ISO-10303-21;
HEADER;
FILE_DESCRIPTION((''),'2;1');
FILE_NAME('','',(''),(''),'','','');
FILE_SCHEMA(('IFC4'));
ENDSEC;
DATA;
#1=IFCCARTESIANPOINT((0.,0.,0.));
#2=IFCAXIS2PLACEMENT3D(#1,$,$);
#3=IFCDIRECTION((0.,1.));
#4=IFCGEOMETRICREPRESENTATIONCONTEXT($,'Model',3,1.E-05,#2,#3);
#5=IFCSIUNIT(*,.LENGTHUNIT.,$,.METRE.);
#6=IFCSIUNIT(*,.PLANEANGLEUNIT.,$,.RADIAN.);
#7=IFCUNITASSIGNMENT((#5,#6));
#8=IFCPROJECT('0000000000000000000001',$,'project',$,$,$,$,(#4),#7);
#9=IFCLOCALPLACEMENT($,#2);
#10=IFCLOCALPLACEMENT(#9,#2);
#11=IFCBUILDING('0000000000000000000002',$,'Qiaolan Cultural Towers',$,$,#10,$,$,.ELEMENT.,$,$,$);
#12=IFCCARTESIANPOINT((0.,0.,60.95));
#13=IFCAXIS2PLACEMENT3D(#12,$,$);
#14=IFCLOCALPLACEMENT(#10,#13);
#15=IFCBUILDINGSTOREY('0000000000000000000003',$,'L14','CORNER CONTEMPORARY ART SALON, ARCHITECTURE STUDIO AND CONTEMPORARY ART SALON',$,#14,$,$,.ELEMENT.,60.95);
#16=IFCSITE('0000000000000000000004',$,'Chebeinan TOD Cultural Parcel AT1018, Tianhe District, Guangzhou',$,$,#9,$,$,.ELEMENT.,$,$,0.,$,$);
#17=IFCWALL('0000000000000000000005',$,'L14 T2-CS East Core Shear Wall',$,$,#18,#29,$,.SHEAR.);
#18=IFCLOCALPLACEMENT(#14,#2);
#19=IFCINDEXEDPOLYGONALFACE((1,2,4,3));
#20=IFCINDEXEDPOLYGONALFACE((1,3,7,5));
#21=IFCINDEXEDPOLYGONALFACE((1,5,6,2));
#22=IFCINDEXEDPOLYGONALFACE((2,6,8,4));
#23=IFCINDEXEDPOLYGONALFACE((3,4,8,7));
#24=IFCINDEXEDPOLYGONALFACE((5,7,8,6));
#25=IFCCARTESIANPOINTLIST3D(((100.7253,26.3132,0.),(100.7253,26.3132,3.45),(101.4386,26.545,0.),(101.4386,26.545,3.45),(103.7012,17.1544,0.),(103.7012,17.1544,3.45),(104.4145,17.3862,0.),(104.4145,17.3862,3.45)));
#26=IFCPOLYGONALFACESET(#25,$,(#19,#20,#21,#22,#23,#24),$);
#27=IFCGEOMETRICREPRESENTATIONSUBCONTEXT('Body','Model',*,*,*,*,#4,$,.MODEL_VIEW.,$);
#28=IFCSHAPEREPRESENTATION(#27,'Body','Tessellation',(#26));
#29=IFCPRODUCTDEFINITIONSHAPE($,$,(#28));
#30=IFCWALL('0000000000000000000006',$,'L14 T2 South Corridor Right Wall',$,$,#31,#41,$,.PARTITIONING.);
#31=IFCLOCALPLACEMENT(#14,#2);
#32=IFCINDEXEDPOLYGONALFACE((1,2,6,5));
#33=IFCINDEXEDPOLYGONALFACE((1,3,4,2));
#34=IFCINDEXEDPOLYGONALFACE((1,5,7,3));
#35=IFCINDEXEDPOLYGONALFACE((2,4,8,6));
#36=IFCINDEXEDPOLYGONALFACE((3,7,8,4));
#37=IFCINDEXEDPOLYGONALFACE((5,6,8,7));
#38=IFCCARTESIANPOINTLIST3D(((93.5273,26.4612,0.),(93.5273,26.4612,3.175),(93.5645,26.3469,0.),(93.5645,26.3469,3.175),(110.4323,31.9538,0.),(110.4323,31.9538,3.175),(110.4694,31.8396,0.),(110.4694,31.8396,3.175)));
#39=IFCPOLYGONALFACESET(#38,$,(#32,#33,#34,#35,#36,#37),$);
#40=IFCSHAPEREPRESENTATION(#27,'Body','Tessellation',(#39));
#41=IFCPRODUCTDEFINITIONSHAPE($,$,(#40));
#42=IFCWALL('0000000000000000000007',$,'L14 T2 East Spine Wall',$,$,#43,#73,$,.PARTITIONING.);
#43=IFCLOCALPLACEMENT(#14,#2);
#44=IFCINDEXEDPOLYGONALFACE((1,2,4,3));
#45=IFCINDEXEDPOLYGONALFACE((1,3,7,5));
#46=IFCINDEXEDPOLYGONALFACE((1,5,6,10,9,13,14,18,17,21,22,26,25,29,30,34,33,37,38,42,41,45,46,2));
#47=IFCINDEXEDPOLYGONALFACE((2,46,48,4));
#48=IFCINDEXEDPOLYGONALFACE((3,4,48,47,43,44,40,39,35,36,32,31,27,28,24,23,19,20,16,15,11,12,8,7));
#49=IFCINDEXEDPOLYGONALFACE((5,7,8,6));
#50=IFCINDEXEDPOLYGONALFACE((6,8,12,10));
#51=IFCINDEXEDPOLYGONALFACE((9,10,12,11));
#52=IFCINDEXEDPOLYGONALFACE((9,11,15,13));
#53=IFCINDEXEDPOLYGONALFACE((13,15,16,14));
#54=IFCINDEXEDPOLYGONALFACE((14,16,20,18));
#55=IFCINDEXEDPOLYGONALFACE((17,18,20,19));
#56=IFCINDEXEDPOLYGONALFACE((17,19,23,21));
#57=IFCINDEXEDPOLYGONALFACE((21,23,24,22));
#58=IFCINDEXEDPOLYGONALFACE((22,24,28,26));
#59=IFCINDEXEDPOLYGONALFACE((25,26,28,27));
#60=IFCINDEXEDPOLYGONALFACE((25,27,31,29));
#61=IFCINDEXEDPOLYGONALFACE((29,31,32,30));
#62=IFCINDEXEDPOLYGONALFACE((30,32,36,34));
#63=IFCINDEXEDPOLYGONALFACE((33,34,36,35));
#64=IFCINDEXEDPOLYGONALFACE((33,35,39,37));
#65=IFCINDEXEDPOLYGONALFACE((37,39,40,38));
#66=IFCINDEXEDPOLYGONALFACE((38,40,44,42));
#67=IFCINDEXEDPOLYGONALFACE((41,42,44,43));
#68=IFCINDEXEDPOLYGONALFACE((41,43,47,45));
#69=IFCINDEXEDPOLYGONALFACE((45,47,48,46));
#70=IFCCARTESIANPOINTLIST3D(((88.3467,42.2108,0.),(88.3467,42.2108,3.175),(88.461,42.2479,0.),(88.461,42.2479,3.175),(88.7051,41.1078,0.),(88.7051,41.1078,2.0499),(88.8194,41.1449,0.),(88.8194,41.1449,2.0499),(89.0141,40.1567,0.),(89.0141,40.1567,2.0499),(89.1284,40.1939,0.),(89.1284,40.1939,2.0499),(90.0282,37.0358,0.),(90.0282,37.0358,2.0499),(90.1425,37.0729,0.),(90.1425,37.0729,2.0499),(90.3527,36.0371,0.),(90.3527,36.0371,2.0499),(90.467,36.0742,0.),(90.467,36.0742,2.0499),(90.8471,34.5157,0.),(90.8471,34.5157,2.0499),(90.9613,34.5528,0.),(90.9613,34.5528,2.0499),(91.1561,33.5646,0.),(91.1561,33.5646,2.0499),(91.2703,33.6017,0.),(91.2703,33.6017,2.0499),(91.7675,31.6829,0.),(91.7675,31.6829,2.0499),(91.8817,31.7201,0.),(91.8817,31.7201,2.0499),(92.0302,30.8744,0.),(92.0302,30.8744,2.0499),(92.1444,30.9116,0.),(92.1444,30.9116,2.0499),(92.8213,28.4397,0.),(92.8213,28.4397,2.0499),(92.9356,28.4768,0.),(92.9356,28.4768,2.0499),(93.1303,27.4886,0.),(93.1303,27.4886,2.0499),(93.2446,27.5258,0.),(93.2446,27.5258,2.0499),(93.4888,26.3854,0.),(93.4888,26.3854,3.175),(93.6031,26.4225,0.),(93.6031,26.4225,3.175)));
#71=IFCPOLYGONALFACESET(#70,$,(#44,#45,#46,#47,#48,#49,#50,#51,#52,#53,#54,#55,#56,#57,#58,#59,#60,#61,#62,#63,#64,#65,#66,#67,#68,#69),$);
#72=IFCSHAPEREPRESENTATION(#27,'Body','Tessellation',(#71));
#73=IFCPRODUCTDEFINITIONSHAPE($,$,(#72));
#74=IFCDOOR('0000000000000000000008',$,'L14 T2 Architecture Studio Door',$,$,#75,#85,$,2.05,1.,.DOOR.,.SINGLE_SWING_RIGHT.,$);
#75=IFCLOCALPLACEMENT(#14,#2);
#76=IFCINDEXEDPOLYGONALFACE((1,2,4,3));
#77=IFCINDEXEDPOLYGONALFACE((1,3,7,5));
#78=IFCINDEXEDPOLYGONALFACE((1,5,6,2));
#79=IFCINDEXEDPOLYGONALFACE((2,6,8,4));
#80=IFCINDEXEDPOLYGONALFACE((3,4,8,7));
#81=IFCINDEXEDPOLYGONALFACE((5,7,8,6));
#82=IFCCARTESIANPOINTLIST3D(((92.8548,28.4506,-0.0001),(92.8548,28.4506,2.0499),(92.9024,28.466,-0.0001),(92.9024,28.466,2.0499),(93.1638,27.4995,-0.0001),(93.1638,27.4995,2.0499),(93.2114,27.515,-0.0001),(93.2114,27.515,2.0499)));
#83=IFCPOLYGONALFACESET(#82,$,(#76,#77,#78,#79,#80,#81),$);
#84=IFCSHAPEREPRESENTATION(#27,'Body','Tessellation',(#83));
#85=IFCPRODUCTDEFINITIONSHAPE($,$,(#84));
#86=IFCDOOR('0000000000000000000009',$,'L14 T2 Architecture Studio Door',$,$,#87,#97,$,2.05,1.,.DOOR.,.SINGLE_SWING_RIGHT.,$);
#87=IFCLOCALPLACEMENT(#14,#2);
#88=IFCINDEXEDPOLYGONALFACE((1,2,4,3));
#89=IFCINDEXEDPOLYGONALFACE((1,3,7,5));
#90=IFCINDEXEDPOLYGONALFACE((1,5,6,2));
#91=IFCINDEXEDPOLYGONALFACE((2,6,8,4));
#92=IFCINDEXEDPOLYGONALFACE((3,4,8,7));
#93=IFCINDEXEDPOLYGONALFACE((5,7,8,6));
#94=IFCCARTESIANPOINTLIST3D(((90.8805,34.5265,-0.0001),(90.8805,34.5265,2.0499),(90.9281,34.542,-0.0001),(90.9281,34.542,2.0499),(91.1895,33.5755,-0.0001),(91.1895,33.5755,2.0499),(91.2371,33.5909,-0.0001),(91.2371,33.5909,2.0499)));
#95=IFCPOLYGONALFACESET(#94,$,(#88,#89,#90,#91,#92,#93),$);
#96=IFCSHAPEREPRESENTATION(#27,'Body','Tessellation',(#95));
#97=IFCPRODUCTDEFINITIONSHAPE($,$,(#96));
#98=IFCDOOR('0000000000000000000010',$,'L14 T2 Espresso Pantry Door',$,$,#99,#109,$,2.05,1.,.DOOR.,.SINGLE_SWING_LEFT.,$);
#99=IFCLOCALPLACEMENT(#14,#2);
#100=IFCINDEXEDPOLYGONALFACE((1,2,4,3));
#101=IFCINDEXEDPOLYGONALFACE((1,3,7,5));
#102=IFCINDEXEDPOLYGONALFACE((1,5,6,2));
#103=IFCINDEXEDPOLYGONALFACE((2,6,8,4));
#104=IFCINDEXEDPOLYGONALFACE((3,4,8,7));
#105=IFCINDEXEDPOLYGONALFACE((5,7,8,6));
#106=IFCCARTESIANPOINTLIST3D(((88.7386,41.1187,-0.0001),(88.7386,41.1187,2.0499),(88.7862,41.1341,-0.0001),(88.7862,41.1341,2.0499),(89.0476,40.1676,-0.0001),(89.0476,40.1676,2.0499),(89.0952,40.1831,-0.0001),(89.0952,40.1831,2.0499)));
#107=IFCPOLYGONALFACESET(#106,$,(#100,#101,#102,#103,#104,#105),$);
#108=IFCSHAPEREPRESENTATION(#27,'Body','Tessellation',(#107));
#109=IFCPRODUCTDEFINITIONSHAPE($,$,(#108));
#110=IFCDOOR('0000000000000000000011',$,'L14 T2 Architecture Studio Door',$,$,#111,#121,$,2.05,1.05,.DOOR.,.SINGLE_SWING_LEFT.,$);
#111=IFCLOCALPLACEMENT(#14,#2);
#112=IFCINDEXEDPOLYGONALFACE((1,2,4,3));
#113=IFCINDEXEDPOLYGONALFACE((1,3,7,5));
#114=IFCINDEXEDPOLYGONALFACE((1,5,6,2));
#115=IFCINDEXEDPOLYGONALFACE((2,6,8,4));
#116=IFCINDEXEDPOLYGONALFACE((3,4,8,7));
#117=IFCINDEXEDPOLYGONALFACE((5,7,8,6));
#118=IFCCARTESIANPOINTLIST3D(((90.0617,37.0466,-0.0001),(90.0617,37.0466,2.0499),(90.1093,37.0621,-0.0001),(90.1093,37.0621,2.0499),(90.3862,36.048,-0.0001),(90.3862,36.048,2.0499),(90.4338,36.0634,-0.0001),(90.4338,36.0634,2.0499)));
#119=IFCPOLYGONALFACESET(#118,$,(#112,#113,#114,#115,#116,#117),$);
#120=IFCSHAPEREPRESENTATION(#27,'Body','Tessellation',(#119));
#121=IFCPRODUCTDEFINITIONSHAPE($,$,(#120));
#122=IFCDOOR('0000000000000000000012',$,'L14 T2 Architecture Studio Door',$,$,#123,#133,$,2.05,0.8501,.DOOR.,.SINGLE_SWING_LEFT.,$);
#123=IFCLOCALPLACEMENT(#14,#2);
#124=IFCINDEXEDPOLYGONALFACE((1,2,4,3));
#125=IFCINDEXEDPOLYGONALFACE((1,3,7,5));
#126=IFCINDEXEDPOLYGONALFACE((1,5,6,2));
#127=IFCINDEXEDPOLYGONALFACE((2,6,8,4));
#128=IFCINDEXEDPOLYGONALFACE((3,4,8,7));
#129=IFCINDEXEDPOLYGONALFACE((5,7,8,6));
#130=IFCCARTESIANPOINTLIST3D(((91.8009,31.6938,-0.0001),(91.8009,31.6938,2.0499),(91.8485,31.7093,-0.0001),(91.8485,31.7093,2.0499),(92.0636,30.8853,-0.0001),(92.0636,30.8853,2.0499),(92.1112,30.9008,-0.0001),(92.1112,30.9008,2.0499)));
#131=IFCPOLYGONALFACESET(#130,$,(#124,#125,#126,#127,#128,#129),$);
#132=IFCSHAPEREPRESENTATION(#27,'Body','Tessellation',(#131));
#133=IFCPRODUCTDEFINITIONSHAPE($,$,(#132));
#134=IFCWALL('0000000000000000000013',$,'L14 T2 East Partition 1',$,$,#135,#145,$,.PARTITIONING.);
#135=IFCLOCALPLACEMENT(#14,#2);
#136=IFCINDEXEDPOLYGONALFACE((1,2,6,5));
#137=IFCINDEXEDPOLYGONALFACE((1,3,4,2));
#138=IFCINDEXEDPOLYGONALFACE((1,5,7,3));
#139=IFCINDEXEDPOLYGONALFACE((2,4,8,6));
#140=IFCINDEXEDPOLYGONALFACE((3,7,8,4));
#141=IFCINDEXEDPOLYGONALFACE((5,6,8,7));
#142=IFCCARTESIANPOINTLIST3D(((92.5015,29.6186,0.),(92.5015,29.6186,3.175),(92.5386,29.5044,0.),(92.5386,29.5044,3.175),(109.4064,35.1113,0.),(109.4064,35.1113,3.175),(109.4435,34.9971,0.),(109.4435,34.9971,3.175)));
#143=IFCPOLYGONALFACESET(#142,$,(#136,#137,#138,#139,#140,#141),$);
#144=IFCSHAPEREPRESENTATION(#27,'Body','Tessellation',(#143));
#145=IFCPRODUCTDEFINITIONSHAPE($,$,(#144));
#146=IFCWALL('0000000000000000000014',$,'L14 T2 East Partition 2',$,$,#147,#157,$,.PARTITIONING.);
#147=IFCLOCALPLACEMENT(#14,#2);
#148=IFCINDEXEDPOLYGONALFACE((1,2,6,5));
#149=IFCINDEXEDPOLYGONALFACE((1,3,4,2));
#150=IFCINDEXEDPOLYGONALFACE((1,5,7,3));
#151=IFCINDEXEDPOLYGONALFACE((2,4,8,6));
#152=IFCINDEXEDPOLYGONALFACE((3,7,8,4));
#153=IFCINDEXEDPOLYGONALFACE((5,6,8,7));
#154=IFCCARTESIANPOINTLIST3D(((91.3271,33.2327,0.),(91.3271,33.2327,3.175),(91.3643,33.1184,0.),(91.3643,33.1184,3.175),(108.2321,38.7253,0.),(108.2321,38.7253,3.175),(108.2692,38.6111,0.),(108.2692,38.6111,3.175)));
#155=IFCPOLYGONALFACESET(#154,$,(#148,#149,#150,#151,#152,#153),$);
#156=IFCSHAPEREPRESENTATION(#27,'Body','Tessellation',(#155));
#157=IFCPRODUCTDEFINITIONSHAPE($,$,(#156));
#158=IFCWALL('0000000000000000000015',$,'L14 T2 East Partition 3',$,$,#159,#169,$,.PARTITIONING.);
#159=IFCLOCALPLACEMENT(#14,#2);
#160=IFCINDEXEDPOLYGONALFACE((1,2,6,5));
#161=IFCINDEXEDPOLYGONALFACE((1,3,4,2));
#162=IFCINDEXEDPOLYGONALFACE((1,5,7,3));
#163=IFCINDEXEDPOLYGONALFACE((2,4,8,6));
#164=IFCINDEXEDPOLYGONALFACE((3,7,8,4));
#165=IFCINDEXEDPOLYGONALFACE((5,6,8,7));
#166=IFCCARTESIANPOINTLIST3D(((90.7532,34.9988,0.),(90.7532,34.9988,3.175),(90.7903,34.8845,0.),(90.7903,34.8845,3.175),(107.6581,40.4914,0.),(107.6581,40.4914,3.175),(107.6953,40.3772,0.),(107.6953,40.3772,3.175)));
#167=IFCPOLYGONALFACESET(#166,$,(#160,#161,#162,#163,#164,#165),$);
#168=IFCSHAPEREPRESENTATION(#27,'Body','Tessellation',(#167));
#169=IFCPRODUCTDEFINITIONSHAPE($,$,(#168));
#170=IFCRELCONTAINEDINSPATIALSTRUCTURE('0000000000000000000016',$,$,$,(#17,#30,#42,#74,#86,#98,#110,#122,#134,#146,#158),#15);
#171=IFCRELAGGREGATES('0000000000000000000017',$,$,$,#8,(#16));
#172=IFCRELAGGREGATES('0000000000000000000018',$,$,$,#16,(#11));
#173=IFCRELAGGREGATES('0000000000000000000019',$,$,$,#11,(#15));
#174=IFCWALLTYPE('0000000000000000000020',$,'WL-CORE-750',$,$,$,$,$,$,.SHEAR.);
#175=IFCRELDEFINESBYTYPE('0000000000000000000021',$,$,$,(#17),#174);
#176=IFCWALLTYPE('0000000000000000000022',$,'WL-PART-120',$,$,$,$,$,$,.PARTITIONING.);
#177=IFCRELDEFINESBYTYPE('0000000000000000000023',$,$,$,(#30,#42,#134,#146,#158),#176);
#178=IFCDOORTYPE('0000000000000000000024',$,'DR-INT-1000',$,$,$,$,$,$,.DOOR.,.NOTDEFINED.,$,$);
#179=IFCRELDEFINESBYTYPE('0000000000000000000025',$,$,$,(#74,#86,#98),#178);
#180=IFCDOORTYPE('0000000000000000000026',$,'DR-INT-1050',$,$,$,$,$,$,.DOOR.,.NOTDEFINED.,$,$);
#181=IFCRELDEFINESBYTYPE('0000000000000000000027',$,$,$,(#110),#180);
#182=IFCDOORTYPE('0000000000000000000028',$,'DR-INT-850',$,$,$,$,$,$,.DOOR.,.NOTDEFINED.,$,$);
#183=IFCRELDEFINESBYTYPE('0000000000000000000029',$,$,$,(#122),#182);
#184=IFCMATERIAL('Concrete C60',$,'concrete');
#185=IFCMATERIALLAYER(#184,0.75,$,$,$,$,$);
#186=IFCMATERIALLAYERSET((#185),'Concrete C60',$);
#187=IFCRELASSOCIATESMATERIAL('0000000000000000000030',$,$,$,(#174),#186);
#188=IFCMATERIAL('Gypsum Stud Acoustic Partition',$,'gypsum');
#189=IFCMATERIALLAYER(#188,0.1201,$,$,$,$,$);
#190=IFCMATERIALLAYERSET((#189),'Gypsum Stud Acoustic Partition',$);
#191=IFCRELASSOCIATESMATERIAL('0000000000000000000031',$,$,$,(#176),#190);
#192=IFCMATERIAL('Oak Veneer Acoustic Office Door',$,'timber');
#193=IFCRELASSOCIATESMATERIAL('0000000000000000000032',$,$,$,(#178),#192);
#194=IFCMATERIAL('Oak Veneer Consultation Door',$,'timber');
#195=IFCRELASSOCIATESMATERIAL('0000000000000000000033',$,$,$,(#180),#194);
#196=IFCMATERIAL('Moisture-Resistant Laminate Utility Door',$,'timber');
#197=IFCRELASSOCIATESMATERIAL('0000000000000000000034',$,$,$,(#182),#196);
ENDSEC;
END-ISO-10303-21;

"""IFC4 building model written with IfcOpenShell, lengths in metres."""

from ifc_helpers import new_model, si_unit, direction, frame, frame_2d, origin, place, context, subcontext, project, spatial, rectangle, extrude, material, layer, layer_set, type_object, element, fill, save


model = new_model("IFC4")

# Units and contexts
model_context = context("Model", 3, precision=1e-05, world=origin(), true_north=direction((0.0, 1.0)))
body_context = subcontext(model_context, "Body", "Model", "MODEL_VIEW")
ifc_project = project(units=[si_unit("LENGTHUNIT", "METRE"), si_unit("PLANEANGLEUNIT", "RADIAN")], contexts=[model_context])

# Site, building, storey
site_placement = place(None, origin())
site = spatial("IfcSite", under=ifc_project, at=site_placement, Name="Chebeinan TOD Cultural Parcel AT1018, Tianhe District, Guangzhou", CompositionType="ELEMENT", RefElevation=0.0)
building_placement = place(site_placement, origin())
building = spatial("IfcBuilding", under=site, at=building_placement, Name="Qiaolan Cultural Towers", CompositionType="ELEMENT")
storey_placement = place(building_placement, frame((0.0, 0.0, 60.95)))
storey = spatial("IfcBuildingStorey", under=building, at=storey_placement, Name="L14", Description="CORNER CONTEMPORARY ART SALON, ARCHITECTURE STUDIO AND CONTEMPORARY ART SALON", CompositionType="ELEMENT", Elevation=60.95)

# Walls
ifc_material_1 = material(Name="Concrete C60", Category="concrete")
ifc_layer_1 = layer(ifc_material_1, 0.75)
ifc_layer_set_1 = layer_set([ifc_layer_1], Name="Concrete C60")
wall_type_1 = type_object("IfcWallType", Name="WL-CORE-750", PredefinedType="SHEAR", material=ifc_layer_set_1)
wall_1_placement = place(storey_placement, frame((101.082, 26.429, 0.0), z_axis=(0.0, 0.0, 1.0), x_axis=(0.309016, -0.951057, 0.0)))
element("IfcWall", 1, at=wall_1_placement, inside=storey, type_object=wall_type_1, Name="L14 T2-CS East Core Shear Wall", PredefinedType="SHEAR", context=body_context, shape_type="SweptSolid", body=[
    extrude(rectangle(XDim=9.6301, YDim=0.75, at=frame_2d((4.8149, 0.0))), origin(), (0.0, 0.0, 1.0), 3.45),
])
ifc_material_2 = material(Name="Gypsum Stud Acoustic Partition", Category="gypsum")
ifc_layer_2 = layer(ifc_material_2, 0.1201)
ifc_layer_set_2 = layer_set([ifc_layer_2], Name="Gypsum Stud Acoustic Partition")
wall_type_2 = type_object("IfcWallType", Name="WL-PART-120", PredefinedType="PARTITIONING", material=ifc_layer_set_2)
wall_2_placement = place(storey_placement, frame((93.5459, 26.4041, 0.0), z_axis=(0.0, 0.0, 1.0), x_axis=(0.951058, 0.309012, 0.0)))
element("IfcWall", 2, at=wall_2_placement, inside=storey, type_object=wall_type_2, Name="L14 T2 South Corridor Right Wall", PredefinedType="PARTITIONING", context=body_context, shape_type="SweptSolid", body=[
    extrude(rectangle(XDim=17.7749, YDim=0.1201, at=frame_2d((8.8875, 0.0))), origin(), (0.0, 0.0, 1.0), 3.175),
])

# Wall, openings, doors
wall_3_placement = place(storey_placement, frame((93.5459, 26.4041, 0.0), z_axis=(0.0, 0.0, 1.0), x_axis=(-0.309022, 0.951055, 0.0)))
wall_3 = element("IfcWall", 3, at=wall_3_placement, inside=storey, type_object=wall_type_2, Name="L14 T2 East Spine Wall", PredefinedType="PARTITIONING", context=body_context, shape_type="SweptSolid", body=[
    extrude(rectangle(XDim=16.6399, YDim=0.1201, at=frame_2d((8.3198, 0.0))), origin(), (0.0, 0.0, 1.0), 3.175),
])
opening_1_placement = place(wall_3_placement, frame((1.1599, 0.0, 0.0)))
opening_1 = element("IfcOpeningElement", 4, at=opening_1_placement, cuts=wall_3, PredefinedType="OPENING", context=body_context, shape_type="SweptSolid", body=[
    extrude(rectangle(XDim=1.0, YDim=2.05, at=frame_2d((0.5, 1.0249))), frame((0.0, 0.0701, 0.0), z_axis=(0.0, -1.0, 0.0), x_axis=(1.0, 0.0, 0.0)), (0.0, 0.0, 1.0), 0.1401),
])
opening_2_placement = place(wall_3_placement, frame((4.72, 0.0, 0.0)))
opening_2 = element("IfcOpeningElement", 5, at=opening_2_placement, cuts=wall_3, PredefinedType="OPENING", context=body_context, shape_type="SweptSolid", body=[
    extrude(rectangle(XDim=0.8501, YDim=2.05, at=frame_2d((0.425, 1.0249))), frame((0.0, 0.0701, 0.0), z_axis=(0.0, -1.0, 0.0), x_axis=(1.0, 0.0, 0.0)), (0.0, 0.0, 1.0), 0.1401),
])
opening_3_placement = place(wall_3_placement, frame((7.5486, 0.0, 0.0)))
opening_3 = element("IfcOpeningElement", 6, at=opening_3_placement, cuts=wall_3, PredefinedType="OPENING", context=body_context, shape_type="SweptSolid", body=[
    extrude(rectangle(XDim=1.0, YDim=2.05, at=frame_2d((0.5, 1.0249))), frame((0.0, 0.0701, 0.0), z_axis=(0.0, -1.0, 0.0), x_axis=(1.0, 0.0, 0.0)), (0.0, 0.0, 1.0), 0.1401),
])
opening_4_placement = place(wall_3_placement, frame((10.1484, 0.0, 0.0)))
opening_4 = element("IfcOpeningElement", 7, at=opening_4_placement, cuts=wall_3, PredefinedType="OPENING", context=body_context, shape_type="SweptSolid", body=[
    extrude(rectangle(XDim=1.05, YDim=2.05, at=frame_2d((0.5249, 1.0249))), frame((0.0, 0.0701, 0.0), z_axis=(0.0, -1.0, 0.0), x_axis=(1.0, 0.0, 0.0)), (0.0, 0.0, 1.0), 0.1401),
])
opening_5_placement = place(wall_3_placement, frame((14.48, 0.0, 0.0)))
opening_5 = element("IfcOpeningElement", 8, at=opening_5_placement, cuts=wall_3, PredefinedType="OPENING", context=body_context, shape_type="SweptSolid", body=[
    extrude(rectangle(XDim=1.0, YDim=2.05, at=frame_2d((0.5, 1.0249))), frame((0.0, 0.0701, 0.0), z_axis=(0.0, -1.0, 0.0), x_axis=(1.0, 0.0, 0.0)), (0.0, 0.0, 1.0), 0.1401),
])
ifc_material_3 = material(Name="Oak Veneer Acoustic Office Door", Category="timber")
door_type_1 = type_object("IfcDoorType", Name="DR-INT-1000", OperationType="NOTDEFINED", PredefinedType="DOOR", material=ifc_material_3)
door_1_placement = place(opening_1_placement, origin())
door_1 = element("IfcDoor", 9, at=door_1_placement, inside=storey, type_object=door_type_1, Name="L14 T2 Architecture Studio Door", OperationType="SINGLE_SWING_RIGHT", OverallHeight=2.05, OverallWidth=1.0, PredefinedType="DOOR", context=body_context, shape_type="SweptSolid", body=[
    extrude(rectangle(XDim=1.0, YDim=2.05, at=frame_2d((0.5, 1.0249))), frame((0.0, 0.0249, 0.0), z_axis=(0.0, -1.0, 0.0), x_axis=(1.0, 0.0, 0.0)), (0.0, 0.0, 1.0), 0.05),
])
fill(opening_1, door_1)
door_2_placement = place(opening_3_placement, origin())
door_2 = element("IfcDoor", 10, at=door_2_placement, inside=storey, type_object=door_type_1, Name="L14 T2 Architecture Studio Door", OperationType="SINGLE_SWING_RIGHT", OverallHeight=2.05, OverallWidth=1.0, PredefinedType="DOOR", context=body_context, shape_type="SweptSolid", body=[
    extrude(rectangle(XDim=1.0, YDim=2.05, at=frame_2d((0.5, 1.0249))), frame((0.0, 0.0249, 0.0), z_axis=(0.0, -1.0, 0.0), x_axis=(1.0, 0.0, 0.0)), (0.0, 0.0, 1.0), 0.05),
])
fill(opening_3, door_2)
door_3_placement = place(opening_5_placement, origin())
door_3 = element("IfcDoor", 11, at=door_3_placement, inside=storey, type_object=door_type_1, Name="L14 T2 Espresso Pantry Door", OperationType="SINGLE_SWING_LEFT", OverallHeight=2.05, OverallWidth=1.0, PredefinedType="DOOR", context=body_context, shape_type="SweptSolid", body=[
    extrude(rectangle(XDim=1.0, YDim=2.05, at=frame_2d((0.5, 1.0249))), frame((0.0, 0.0249, 0.0), z_axis=(0.0, -1.0, 0.0), x_axis=(1.0, 0.0, 0.0)), (0.0, 0.0, 1.0), 0.05),
])
fill(opening_5, door_3)
ifc_material_4 = material(Name="Oak Veneer Consultation Door", Category="timber")
door_type_2 = type_object("IfcDoorType", Name="DR-INT-1050", OperationType="NOTDEFINED", PredefinedType="DOOR", material=ifc_material_4)
door_4_placement = place(opening_4_placement, origin())
door_4 = element("IfcDoor", 12, at=door_4_placement, inside=storey, type_object=door_type_2, Name="L14 T2 Architecture Studio Door", OperationType="SINGLE_SWING_LEFT", OverallHeight=2.05, OverallWidth=1.05, PredefinedType="DOOR", context=body_context, shape_type="SweptSolid", body=[
    extrude(rectangle(XDim=1.05, YDim=2.05, at=frame_2d((0.5249, 1.0249))), frame((0.0, 0.0249, 0.0), z_axis=(0.0, -1.0, 0.0), x_axis=(1.0, 0.0, 0.0)), (0.0, 0.0, 1.0), 0.05),
])
fill(opening_4, door_4)
ifc_material_5 = material(Name="Moisture-Resistant Laminate Utility Door", Category="timber")
door_type_3 = type_object("IfcDoorType", Name="DR-INT-850", OperationType="NOTDEFINED", PredefinedType="DOOR", material=ifc_material_5)
door_5_placement = place(opening_2_placement, origin())
door_5 = element("IfcDoor", 13, at=door_5_placement, inside=storey, type_object=door_type_3, Name="L14 T2 Architecture Studio Door", OperationType="SINGLE_SWING_LEFT", OverallHeight=2.05, OverallWidth=0.8501, PredefinedType="DOOR", context=body_context, shape_type="SweptSolid", body=[
    extrude(rectangle(XDim=0.8501, YDim=2.05, at=frame_2d((0.425, 1.0249))), frame((0.0, 0.0249, 0.0), z_axis=(0.0, -1.0, 0.0), x_axis=(1.0, 0.0, 0.0)), (0.0, 0.0, 1.0), 0.05),
])
fill(opening_2, door_5)

# Walls
for number, where, z_axis, x_axis, name in (
    (14, (92.52, 29.5615, 0.0), (0.0, 0.0, 1.0), (0.951058, 0.309012, 0.0), "L14 T2 East Partition 1"),
    (15, (91.3457, 33.1755, 0.0), (0.0, 0.0, 1.0), (0.951058, 0.309012, 0.0), "L14 T2 East Partition 2"),
    (16, (90.7717, 34.9417, 0.0), (0.0, 0.0, 1.0), (0.951058, 0.309012, 0.0), "L14 T2 East Partition 3"),
):
    element("IfcWall", number, at=place(storey_placement, frame(where, z_axis=z_axis, x_axis=x_axis)), inside=storey, type_object=wall_type_2, Name=name, PredefinedType="PARTITIONING", context=body_context, shape_type="SweptSolid", body=[
        extrude(rectangle(XDim=17.7749, YDim=0.1201, at=frame_2d((8.8875, 0.0))), origin(), (0.0, 0.0, 1.0), 3.175),
    ])

save(model, "model.ifc")
